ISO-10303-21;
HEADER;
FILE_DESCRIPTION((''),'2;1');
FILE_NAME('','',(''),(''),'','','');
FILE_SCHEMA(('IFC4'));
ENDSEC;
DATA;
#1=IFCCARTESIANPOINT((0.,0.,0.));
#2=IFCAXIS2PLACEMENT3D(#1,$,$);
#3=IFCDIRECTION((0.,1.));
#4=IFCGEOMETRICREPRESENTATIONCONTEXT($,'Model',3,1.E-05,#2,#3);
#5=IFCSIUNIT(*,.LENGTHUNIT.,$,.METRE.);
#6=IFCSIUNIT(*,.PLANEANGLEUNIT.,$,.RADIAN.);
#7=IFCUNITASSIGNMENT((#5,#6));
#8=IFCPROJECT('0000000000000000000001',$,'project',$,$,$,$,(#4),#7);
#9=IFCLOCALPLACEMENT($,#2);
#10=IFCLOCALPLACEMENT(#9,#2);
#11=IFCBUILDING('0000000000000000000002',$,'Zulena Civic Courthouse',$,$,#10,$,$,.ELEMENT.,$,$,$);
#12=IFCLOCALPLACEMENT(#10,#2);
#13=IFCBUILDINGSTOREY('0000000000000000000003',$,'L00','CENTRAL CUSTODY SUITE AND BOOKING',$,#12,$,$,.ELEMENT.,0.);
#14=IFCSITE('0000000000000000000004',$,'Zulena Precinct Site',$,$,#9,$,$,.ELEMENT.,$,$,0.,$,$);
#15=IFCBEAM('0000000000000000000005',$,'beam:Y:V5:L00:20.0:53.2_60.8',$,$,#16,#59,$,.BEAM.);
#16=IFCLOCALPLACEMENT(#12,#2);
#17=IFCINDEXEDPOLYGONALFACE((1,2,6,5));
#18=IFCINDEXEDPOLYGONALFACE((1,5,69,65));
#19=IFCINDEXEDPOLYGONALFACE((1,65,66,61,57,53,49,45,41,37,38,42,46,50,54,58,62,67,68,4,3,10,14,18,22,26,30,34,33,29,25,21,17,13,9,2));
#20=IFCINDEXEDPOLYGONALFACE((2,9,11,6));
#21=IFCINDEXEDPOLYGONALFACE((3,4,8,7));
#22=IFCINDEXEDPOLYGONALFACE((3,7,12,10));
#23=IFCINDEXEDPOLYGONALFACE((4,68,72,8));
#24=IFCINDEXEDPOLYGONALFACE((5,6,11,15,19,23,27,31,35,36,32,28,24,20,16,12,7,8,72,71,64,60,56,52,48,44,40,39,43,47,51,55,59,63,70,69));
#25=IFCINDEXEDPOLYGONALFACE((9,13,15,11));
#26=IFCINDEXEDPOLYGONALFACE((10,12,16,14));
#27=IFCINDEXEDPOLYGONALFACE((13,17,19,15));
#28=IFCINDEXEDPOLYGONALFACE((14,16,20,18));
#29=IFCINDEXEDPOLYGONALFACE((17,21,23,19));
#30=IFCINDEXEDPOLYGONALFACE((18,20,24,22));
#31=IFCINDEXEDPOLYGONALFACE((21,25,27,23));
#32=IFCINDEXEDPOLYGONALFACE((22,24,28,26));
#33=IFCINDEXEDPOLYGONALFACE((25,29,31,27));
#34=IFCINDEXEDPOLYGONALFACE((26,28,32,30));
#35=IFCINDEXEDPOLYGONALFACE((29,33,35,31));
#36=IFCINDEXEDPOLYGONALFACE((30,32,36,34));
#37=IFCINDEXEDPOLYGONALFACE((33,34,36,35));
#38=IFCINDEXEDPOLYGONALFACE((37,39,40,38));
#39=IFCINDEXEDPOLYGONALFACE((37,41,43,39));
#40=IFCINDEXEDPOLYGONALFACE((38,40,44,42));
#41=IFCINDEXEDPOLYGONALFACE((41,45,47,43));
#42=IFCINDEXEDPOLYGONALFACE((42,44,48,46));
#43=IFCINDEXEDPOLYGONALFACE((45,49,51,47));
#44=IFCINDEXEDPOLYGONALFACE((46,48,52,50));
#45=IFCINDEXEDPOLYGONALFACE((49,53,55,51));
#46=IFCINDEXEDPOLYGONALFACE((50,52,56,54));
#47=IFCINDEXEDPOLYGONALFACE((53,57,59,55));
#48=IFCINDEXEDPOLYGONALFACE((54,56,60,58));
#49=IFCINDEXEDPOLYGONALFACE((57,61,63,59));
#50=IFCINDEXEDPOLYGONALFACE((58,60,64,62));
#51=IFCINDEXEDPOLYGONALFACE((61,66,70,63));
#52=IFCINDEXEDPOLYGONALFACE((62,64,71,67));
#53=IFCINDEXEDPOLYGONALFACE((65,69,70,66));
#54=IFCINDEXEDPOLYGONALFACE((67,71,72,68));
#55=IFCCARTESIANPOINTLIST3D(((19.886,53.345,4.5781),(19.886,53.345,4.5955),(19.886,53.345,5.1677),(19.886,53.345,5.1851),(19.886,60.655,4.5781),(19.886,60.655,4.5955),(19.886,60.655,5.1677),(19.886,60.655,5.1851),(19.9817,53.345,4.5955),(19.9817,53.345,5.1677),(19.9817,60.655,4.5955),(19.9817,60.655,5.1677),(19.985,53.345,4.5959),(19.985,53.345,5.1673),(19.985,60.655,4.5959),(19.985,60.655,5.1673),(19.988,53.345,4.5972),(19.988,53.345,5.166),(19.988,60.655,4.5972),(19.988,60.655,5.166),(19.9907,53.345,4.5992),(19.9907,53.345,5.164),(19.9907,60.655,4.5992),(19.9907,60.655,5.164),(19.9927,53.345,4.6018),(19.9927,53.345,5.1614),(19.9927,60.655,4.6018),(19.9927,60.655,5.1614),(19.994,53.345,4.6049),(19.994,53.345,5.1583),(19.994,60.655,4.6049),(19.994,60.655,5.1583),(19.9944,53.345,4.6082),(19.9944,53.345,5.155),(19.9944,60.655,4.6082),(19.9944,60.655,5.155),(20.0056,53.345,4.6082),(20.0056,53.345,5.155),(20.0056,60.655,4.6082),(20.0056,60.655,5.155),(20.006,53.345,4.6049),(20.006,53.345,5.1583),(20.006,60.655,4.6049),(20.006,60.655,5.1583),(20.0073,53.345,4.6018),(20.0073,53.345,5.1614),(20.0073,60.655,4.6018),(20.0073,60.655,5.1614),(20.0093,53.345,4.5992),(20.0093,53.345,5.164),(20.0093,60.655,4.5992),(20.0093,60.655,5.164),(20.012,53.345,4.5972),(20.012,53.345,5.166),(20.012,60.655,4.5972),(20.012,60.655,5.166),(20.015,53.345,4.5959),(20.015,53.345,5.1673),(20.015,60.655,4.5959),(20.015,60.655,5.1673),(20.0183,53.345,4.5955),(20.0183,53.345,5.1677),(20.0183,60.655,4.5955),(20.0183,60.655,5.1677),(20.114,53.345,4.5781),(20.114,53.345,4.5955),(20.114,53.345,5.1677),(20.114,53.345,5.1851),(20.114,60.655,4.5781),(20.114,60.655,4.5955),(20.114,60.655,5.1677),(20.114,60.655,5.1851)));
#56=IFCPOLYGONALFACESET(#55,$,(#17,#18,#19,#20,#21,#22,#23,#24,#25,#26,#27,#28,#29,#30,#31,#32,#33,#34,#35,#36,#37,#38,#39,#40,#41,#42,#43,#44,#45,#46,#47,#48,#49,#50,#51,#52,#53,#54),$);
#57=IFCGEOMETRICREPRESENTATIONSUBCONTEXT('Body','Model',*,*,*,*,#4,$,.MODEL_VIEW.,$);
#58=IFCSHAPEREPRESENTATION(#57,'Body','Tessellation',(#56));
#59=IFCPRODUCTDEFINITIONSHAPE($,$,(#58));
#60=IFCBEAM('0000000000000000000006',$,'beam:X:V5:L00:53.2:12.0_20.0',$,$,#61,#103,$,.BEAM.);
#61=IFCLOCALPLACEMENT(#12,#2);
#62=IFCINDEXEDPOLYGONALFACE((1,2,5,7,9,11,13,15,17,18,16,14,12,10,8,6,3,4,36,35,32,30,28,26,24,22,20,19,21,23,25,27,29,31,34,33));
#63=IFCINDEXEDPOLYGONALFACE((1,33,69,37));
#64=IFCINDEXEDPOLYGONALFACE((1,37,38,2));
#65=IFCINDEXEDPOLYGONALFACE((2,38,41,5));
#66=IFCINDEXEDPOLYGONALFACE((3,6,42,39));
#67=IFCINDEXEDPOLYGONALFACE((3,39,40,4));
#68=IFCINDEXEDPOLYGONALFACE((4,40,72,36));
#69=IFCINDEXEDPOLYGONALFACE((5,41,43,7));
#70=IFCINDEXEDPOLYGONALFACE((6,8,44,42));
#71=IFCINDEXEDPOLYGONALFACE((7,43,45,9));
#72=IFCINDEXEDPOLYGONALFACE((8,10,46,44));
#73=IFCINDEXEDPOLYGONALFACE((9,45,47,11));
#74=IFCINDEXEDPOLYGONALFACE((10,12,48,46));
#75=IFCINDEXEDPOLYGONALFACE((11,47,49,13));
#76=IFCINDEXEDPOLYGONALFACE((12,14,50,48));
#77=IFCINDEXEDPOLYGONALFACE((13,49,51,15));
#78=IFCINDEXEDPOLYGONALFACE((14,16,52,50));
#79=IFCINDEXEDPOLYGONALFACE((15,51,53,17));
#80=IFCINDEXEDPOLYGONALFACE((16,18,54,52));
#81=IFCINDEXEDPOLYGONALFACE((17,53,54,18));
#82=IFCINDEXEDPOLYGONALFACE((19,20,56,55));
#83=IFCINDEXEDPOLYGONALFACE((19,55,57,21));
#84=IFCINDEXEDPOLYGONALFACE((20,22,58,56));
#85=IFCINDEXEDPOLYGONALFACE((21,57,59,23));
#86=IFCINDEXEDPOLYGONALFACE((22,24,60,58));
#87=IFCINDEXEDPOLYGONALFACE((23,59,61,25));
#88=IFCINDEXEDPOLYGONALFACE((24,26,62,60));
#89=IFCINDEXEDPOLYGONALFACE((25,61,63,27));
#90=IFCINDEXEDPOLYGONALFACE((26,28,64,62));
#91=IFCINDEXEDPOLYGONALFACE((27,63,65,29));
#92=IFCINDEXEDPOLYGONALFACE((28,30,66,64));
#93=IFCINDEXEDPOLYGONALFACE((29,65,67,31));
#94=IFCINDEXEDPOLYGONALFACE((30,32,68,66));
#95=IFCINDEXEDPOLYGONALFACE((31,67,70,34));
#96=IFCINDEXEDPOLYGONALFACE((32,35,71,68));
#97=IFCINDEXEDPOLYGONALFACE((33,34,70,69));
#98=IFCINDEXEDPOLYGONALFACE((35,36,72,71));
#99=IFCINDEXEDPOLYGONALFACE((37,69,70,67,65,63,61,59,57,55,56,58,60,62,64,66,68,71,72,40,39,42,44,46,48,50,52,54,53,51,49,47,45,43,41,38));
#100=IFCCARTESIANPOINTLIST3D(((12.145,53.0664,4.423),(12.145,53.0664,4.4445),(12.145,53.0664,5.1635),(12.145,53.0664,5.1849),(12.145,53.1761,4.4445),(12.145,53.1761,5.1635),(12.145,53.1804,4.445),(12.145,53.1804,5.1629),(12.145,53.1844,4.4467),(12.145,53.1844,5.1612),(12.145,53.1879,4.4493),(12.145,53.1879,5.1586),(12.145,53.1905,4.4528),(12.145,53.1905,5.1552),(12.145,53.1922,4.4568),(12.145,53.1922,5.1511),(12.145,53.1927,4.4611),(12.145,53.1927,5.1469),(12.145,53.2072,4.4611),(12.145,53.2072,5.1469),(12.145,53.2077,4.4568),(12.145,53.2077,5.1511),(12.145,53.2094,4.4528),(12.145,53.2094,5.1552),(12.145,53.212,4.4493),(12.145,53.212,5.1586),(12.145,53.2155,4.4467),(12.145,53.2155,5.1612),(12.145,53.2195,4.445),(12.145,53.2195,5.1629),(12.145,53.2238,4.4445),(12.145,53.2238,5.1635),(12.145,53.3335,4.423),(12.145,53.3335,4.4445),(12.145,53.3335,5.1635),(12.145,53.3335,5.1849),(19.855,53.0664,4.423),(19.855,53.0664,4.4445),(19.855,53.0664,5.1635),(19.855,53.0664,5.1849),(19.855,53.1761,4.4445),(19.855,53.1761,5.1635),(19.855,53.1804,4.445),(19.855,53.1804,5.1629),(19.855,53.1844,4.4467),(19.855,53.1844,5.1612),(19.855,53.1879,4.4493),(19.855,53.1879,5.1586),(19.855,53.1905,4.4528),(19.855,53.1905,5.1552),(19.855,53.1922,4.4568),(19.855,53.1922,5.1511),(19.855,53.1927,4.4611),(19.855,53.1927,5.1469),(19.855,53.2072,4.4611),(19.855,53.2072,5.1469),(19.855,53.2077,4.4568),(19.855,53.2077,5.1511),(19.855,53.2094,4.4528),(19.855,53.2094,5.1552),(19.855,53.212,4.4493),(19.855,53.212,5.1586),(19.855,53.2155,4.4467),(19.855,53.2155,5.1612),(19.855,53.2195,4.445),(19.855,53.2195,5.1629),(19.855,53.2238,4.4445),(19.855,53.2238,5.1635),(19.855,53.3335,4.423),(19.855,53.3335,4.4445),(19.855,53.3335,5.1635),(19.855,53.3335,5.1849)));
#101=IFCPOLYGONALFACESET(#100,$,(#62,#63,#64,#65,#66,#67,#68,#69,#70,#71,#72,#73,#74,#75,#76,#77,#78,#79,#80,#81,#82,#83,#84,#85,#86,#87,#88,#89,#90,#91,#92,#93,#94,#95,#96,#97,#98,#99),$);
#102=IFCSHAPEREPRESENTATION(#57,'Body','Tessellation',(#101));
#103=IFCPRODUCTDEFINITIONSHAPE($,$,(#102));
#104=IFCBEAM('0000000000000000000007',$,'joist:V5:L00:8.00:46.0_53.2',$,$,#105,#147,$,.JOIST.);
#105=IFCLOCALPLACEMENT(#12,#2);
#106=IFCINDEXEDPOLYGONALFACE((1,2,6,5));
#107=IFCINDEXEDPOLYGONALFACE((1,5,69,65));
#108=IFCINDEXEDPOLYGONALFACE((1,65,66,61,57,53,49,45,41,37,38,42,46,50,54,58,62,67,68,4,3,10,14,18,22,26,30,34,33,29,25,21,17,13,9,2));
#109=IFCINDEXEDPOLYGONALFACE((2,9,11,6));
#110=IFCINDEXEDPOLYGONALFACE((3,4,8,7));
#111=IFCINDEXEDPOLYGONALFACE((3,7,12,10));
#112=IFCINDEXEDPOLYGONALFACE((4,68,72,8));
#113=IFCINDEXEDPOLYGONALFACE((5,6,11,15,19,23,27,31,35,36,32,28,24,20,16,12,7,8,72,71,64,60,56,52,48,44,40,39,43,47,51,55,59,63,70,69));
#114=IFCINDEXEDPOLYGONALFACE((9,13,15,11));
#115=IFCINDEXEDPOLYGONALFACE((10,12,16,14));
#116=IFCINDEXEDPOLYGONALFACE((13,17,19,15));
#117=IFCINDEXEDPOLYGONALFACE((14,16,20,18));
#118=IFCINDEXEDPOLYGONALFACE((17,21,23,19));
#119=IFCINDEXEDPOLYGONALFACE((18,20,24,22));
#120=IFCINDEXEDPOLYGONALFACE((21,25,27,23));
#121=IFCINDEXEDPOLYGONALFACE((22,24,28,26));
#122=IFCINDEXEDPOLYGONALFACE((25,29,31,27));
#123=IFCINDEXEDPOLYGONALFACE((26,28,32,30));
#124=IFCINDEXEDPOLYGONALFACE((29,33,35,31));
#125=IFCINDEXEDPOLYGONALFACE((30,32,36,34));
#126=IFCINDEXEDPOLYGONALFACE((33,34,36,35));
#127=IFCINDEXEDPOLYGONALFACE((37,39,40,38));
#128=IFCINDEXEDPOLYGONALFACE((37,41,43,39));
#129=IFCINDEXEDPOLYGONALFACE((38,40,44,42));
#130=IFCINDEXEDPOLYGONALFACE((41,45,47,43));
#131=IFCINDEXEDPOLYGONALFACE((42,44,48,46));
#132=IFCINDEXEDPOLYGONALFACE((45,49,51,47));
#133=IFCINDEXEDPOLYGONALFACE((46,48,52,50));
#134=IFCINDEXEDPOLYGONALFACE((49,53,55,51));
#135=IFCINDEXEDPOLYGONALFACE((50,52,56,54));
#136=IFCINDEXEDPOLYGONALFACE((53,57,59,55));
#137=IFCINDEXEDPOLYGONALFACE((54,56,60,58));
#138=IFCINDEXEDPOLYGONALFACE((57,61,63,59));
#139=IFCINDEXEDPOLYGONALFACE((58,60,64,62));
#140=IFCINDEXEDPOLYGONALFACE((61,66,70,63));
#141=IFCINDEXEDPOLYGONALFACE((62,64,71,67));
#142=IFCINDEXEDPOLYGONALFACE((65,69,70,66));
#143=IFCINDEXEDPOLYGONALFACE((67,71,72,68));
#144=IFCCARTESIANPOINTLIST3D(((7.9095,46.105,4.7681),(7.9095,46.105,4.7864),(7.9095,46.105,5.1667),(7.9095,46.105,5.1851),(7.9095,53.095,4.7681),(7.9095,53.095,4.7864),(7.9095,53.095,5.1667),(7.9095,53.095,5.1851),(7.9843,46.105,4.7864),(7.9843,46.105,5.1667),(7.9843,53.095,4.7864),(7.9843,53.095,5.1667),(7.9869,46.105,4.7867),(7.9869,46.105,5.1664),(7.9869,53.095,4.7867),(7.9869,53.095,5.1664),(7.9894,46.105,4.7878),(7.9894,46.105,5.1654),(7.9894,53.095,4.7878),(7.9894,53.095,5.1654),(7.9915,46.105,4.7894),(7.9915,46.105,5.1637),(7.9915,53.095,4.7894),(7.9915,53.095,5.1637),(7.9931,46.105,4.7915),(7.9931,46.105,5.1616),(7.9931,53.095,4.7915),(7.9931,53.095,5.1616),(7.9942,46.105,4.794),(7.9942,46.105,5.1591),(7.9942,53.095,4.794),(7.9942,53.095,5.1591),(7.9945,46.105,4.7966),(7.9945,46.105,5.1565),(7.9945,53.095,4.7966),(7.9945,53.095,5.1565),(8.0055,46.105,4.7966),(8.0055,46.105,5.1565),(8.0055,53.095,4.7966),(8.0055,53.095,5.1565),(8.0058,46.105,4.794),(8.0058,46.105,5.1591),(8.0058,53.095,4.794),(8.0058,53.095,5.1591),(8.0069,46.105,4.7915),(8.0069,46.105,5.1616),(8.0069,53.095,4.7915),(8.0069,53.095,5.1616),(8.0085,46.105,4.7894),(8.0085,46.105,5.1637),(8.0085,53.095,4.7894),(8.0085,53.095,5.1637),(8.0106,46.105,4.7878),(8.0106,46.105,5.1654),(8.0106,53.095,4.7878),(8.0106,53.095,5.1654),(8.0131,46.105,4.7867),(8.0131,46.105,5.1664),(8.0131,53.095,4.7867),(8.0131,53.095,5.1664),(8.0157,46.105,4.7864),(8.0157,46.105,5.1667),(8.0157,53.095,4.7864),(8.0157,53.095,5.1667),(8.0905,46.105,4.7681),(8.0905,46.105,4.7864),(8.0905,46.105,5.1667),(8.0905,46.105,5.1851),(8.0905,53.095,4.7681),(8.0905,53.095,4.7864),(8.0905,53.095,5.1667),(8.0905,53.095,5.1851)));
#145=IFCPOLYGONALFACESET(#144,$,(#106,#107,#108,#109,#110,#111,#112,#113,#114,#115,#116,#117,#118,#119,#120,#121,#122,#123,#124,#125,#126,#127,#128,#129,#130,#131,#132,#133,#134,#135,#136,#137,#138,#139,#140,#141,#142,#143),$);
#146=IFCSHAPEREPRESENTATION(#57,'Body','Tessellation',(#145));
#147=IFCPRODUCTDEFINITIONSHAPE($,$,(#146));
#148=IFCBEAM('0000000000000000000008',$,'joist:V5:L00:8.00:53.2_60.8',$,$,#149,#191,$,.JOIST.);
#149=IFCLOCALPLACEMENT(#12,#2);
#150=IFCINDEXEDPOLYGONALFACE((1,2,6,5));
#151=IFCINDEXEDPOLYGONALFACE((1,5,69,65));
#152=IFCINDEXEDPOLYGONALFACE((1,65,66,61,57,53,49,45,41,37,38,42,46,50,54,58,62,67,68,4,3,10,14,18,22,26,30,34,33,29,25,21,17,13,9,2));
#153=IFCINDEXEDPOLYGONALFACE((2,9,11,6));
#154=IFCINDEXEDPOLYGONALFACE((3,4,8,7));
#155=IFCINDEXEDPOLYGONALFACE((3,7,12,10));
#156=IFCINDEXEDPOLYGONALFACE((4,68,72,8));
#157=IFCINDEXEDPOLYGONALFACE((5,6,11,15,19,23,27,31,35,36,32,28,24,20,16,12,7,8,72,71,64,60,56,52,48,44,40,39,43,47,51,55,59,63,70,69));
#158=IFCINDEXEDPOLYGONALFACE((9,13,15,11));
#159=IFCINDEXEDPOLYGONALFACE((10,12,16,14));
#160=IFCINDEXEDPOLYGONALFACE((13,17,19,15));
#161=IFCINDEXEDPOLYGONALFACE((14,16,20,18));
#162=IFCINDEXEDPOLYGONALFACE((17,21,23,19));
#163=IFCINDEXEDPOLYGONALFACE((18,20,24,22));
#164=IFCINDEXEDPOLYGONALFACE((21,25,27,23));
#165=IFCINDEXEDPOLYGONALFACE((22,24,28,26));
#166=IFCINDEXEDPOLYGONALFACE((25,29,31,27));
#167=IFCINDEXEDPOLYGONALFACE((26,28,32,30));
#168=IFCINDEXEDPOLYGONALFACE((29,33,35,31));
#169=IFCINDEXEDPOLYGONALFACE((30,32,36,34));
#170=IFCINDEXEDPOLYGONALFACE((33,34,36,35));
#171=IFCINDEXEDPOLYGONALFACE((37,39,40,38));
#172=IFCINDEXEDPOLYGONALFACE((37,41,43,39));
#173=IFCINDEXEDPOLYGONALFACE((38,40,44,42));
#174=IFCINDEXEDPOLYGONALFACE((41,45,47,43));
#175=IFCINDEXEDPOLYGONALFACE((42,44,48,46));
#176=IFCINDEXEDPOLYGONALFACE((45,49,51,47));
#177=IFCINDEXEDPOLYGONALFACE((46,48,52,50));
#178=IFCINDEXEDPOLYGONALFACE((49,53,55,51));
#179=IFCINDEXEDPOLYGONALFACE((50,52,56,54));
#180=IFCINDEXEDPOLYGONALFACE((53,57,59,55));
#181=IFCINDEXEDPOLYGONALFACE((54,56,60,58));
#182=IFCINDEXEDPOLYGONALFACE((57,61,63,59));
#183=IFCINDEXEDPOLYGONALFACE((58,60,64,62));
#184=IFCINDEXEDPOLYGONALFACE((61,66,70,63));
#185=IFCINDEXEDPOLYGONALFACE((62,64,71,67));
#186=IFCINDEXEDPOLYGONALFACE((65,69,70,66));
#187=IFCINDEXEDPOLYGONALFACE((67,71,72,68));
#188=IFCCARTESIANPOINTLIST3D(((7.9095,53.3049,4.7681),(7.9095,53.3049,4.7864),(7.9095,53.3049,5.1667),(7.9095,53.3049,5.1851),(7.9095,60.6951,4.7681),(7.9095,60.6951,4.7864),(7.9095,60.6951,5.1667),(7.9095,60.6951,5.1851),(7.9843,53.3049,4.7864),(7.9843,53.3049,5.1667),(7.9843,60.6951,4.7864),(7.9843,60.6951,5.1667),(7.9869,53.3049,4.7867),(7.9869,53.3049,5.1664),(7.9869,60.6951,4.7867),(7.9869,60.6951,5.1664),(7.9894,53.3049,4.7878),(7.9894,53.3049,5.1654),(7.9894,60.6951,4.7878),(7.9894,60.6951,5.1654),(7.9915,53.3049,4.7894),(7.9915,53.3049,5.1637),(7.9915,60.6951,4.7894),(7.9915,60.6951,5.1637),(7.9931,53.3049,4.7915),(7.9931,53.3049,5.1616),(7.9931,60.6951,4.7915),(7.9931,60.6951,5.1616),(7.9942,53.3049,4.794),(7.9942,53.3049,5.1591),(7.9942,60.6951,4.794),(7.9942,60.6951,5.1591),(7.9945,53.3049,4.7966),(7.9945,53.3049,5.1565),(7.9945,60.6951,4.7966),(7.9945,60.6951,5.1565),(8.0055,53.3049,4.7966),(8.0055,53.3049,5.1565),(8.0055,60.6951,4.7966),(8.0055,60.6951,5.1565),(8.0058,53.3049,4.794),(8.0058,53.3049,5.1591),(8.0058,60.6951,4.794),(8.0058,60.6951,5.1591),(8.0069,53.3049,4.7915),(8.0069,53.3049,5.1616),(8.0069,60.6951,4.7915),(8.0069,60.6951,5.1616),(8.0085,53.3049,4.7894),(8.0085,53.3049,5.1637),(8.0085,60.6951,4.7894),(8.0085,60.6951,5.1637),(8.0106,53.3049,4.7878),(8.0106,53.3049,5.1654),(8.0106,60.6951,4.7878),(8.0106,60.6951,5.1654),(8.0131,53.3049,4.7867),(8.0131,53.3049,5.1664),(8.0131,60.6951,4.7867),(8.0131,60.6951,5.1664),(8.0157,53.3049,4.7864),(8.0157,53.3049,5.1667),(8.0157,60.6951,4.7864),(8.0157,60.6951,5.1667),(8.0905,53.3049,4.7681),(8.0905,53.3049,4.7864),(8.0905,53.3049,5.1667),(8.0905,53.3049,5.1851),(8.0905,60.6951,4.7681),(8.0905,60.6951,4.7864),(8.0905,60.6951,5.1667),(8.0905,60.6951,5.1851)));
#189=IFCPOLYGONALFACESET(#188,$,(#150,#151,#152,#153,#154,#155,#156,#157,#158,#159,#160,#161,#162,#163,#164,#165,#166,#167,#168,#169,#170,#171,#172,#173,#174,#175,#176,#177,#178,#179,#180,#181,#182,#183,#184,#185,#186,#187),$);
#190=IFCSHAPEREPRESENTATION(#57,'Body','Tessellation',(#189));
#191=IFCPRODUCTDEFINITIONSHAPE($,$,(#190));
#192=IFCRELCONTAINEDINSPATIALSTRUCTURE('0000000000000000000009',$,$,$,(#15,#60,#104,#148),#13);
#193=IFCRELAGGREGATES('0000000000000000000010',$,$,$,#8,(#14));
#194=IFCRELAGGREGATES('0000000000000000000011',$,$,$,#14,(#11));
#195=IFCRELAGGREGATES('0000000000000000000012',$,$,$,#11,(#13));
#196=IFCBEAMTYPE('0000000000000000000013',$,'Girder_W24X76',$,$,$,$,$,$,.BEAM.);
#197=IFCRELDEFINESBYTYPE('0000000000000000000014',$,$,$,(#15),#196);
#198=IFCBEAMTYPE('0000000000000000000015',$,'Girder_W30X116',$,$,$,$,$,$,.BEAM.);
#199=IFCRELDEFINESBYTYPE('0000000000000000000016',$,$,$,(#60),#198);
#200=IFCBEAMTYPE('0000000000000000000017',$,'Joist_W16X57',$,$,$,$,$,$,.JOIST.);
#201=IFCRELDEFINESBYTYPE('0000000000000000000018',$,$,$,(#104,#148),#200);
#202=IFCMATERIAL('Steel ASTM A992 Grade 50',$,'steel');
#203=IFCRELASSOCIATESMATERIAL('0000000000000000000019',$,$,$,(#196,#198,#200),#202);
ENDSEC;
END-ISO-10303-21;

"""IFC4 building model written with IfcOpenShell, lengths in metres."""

from ifc_helpers import new_model, si_unit, direction, frame, origin, origin_2d, place, context, subcontext, project, spatial, i_section, extrude, material, material_profile, profile_set, type_object, element, save


model = new_model("IFC4")

# Units and contexts
model_context = context("Model", 3, precision=1e-05, world=origin(), true_north=direction((0.0, 1.0)))
body_context = subcontext(model_context, "Body", "Model", "MODEL_VIEW")
ifc_project = project(units=[si_unit("LENGTHUNIT", "METRE"), si_unit("PLANEANGLEUNIT", "RADIAN")], contexts=[model_context])

# Site, building, storey
site_placement = place(None, origin())
site = spatial("IfcSite", under=ifc_project, at=site_placement, Name="Zulena Precinct Site", CompositionType="ELEMENT", RefElevation=0.0)
building_placement = place(site_placement, origin())
building = spatial("IfcBuilding", under=site, at=building_placement, Name="Zulena Civic Courthouse", CompositionType="ELEMENT")
storey_placement = place(building_placement, origin())
storey = spatial("IfcBuildingStorey", under=building, at=storey_placement, Name="L00", Description="CENTRAL CUSTODY SUITE AND BOOKING", CompositionType="ELEMENT", Elevation=0.0)

# Shared definitions
ifc_material_1 = material(Name="Steel ASTM A992 Grade 50", Category="steel")

# Beams
ifc_material_profile_1 = material_profile(ifc_material_1, i_section(OverallWidth=0.228, OverallDepth=0.6069, WebThickness=0.0112, FlangeThickness=0.0173, FilletRadius=0.0127, at=origin_2d()), Name="W24X76")
ifc_profile_set_1 = profile_set([ifc_material_profile_1], Name="Steel ASTM A992 Grade 50")
beam_type_1 = type_object("IfcBeamType", Name="Girder_W24X76", PredefinedType="BEAM", material=ifc_profile_set_1)
for number, where, z_axis, x_axis, name in (
    (1, (20.0, 53.345, 4.8816), (0.0, 1.0, 0.0), (-1.0, 0.0, 0.0), "beam:Y:V5:L00:20.0:53.2_60.8"),
):
    element("IfcBeam", number, at=place(storey_placement, frame(where, z_axis=z_axis, x_axis=x_axis)), inside=storey, type_object=beam_type_1, Name=name, PredefinedType="BEAM", context=body_context, shape_type="SweptSolid", body=[
        extrude(i_section(OverallWidth=0.228, OverallDepth=0.6069, WebThickness=0.0112, FlangeThickness=0.0173, FilletRadius=0.0127, at=origin_2d()), origin(), (0.0, 0.0, 1.0), 7.3101),
    ])
ifc_material_profile_2 = material_profile(ifc_material_1, i_section(OverallWidth=0.2671, OverallDepth=0.762, WebThickness=0.0144, FlangeThickness=0.0215, FilletRadius=0.0166, at=origin_2d()), Name="W30X116")
ifc_profile_set_2 = profile_set([ifc_material_profile_2], Name="Steel ASTM A992 Grade 50")
beam_type_2 = type_object("IfcBeamType", Name="Girder_W30X116", PredefinedType="BEAM", material=ifc_profile_set_2)
beam_1_placement = place(storey_placement, frame((12.145, 53.2, 4.804), z_axis=(1.0, 0.0, 0.0), x_axis=(0.0, 1.0, 0.0)))
element("IfcBeam", 2, at=beam_1_placement, inside=storey, type_object=beam_type_2, Name="beam:X:V5:L00:53.2:12.0_20.0", PredefinedType="BEAM", context=body_context, shape_type="SweptSolid", body=[
    extrude(i_section(OverallWidth=0.2671, OverallDepth=0.762, WebThickness=0.0144, FlangeThickness=0.0215, FilletRadius=0.0166, at=origin_2d()), origin(), (0.0, 0.0, 1.0), 7.71),
])
ifc_material_profile_3 = material_profile(ifc_material_1, i_section(OverallWidth=0.1809, OverallDepth=0.417, WebThickness=0.011, FlangeThickness=0.0183, FilletRadius=0.0103, at=origin_2d()), Name="W16X57")
ifc_profile_set_3 = profile_set([ifc_material_profile_3], Name="Steel ASTM A992 Grade 50")
beam_type_3 = type_object("IfcBeamType", Name="Joist_W16X57", PredefinedType="JOIST", material=ifc_profile_set_3)
beam_2_placement = place(storey_placement, frame((8.0, 46.105, 4.9766), z_axis=(0.0, 1.0, 0.0), x_axis=(-1.0, 0.0, 0.0)))
element("IfcBeam", 3, at=beam_2_placement, inside=storey, type_object=beam_type_3, Name="joist:V5:L00:8.00:46.0_53.2", PredefinedType="JOIST", context=body_context, shape_type="SweptSolid", body=[
    extrude(i_section(OverallWidth=0.1809, OverallDepth=0.417, WebThickness=0.011, FlangeThickness=0.0183, FilletRadius=0.0103, at=origin_2d()), origin(), (0.0, 0.0, 1.0), 6.99),
])
beam_3_placement = place(storey_placement, frame((8.0, 53.3049, 4.9766), z_axis=(0.0, 1.0, 0.0), x_axis=(-1.0, 0.0, 0.0)))
element("IfcBeam", 4, at=beam_3_placement, inside=storey, type_object=beam_type_3, Name="joist:V5:L00:8.00:53.2_60.8", PredefinedType="JOIST", context=body_context, shape_type="SweptSolid", body=[
    extrude(i_section(OverallWidth=0.1809, OverallDepth=0.417, WebThickness=0.011, FlangeThickness=0.0183, FilletRadius=0.0103, at=origin_2d()), origin(), (0.0, 0.0, 1.0), 7.3901),
])

save(model, "model.ifc")
